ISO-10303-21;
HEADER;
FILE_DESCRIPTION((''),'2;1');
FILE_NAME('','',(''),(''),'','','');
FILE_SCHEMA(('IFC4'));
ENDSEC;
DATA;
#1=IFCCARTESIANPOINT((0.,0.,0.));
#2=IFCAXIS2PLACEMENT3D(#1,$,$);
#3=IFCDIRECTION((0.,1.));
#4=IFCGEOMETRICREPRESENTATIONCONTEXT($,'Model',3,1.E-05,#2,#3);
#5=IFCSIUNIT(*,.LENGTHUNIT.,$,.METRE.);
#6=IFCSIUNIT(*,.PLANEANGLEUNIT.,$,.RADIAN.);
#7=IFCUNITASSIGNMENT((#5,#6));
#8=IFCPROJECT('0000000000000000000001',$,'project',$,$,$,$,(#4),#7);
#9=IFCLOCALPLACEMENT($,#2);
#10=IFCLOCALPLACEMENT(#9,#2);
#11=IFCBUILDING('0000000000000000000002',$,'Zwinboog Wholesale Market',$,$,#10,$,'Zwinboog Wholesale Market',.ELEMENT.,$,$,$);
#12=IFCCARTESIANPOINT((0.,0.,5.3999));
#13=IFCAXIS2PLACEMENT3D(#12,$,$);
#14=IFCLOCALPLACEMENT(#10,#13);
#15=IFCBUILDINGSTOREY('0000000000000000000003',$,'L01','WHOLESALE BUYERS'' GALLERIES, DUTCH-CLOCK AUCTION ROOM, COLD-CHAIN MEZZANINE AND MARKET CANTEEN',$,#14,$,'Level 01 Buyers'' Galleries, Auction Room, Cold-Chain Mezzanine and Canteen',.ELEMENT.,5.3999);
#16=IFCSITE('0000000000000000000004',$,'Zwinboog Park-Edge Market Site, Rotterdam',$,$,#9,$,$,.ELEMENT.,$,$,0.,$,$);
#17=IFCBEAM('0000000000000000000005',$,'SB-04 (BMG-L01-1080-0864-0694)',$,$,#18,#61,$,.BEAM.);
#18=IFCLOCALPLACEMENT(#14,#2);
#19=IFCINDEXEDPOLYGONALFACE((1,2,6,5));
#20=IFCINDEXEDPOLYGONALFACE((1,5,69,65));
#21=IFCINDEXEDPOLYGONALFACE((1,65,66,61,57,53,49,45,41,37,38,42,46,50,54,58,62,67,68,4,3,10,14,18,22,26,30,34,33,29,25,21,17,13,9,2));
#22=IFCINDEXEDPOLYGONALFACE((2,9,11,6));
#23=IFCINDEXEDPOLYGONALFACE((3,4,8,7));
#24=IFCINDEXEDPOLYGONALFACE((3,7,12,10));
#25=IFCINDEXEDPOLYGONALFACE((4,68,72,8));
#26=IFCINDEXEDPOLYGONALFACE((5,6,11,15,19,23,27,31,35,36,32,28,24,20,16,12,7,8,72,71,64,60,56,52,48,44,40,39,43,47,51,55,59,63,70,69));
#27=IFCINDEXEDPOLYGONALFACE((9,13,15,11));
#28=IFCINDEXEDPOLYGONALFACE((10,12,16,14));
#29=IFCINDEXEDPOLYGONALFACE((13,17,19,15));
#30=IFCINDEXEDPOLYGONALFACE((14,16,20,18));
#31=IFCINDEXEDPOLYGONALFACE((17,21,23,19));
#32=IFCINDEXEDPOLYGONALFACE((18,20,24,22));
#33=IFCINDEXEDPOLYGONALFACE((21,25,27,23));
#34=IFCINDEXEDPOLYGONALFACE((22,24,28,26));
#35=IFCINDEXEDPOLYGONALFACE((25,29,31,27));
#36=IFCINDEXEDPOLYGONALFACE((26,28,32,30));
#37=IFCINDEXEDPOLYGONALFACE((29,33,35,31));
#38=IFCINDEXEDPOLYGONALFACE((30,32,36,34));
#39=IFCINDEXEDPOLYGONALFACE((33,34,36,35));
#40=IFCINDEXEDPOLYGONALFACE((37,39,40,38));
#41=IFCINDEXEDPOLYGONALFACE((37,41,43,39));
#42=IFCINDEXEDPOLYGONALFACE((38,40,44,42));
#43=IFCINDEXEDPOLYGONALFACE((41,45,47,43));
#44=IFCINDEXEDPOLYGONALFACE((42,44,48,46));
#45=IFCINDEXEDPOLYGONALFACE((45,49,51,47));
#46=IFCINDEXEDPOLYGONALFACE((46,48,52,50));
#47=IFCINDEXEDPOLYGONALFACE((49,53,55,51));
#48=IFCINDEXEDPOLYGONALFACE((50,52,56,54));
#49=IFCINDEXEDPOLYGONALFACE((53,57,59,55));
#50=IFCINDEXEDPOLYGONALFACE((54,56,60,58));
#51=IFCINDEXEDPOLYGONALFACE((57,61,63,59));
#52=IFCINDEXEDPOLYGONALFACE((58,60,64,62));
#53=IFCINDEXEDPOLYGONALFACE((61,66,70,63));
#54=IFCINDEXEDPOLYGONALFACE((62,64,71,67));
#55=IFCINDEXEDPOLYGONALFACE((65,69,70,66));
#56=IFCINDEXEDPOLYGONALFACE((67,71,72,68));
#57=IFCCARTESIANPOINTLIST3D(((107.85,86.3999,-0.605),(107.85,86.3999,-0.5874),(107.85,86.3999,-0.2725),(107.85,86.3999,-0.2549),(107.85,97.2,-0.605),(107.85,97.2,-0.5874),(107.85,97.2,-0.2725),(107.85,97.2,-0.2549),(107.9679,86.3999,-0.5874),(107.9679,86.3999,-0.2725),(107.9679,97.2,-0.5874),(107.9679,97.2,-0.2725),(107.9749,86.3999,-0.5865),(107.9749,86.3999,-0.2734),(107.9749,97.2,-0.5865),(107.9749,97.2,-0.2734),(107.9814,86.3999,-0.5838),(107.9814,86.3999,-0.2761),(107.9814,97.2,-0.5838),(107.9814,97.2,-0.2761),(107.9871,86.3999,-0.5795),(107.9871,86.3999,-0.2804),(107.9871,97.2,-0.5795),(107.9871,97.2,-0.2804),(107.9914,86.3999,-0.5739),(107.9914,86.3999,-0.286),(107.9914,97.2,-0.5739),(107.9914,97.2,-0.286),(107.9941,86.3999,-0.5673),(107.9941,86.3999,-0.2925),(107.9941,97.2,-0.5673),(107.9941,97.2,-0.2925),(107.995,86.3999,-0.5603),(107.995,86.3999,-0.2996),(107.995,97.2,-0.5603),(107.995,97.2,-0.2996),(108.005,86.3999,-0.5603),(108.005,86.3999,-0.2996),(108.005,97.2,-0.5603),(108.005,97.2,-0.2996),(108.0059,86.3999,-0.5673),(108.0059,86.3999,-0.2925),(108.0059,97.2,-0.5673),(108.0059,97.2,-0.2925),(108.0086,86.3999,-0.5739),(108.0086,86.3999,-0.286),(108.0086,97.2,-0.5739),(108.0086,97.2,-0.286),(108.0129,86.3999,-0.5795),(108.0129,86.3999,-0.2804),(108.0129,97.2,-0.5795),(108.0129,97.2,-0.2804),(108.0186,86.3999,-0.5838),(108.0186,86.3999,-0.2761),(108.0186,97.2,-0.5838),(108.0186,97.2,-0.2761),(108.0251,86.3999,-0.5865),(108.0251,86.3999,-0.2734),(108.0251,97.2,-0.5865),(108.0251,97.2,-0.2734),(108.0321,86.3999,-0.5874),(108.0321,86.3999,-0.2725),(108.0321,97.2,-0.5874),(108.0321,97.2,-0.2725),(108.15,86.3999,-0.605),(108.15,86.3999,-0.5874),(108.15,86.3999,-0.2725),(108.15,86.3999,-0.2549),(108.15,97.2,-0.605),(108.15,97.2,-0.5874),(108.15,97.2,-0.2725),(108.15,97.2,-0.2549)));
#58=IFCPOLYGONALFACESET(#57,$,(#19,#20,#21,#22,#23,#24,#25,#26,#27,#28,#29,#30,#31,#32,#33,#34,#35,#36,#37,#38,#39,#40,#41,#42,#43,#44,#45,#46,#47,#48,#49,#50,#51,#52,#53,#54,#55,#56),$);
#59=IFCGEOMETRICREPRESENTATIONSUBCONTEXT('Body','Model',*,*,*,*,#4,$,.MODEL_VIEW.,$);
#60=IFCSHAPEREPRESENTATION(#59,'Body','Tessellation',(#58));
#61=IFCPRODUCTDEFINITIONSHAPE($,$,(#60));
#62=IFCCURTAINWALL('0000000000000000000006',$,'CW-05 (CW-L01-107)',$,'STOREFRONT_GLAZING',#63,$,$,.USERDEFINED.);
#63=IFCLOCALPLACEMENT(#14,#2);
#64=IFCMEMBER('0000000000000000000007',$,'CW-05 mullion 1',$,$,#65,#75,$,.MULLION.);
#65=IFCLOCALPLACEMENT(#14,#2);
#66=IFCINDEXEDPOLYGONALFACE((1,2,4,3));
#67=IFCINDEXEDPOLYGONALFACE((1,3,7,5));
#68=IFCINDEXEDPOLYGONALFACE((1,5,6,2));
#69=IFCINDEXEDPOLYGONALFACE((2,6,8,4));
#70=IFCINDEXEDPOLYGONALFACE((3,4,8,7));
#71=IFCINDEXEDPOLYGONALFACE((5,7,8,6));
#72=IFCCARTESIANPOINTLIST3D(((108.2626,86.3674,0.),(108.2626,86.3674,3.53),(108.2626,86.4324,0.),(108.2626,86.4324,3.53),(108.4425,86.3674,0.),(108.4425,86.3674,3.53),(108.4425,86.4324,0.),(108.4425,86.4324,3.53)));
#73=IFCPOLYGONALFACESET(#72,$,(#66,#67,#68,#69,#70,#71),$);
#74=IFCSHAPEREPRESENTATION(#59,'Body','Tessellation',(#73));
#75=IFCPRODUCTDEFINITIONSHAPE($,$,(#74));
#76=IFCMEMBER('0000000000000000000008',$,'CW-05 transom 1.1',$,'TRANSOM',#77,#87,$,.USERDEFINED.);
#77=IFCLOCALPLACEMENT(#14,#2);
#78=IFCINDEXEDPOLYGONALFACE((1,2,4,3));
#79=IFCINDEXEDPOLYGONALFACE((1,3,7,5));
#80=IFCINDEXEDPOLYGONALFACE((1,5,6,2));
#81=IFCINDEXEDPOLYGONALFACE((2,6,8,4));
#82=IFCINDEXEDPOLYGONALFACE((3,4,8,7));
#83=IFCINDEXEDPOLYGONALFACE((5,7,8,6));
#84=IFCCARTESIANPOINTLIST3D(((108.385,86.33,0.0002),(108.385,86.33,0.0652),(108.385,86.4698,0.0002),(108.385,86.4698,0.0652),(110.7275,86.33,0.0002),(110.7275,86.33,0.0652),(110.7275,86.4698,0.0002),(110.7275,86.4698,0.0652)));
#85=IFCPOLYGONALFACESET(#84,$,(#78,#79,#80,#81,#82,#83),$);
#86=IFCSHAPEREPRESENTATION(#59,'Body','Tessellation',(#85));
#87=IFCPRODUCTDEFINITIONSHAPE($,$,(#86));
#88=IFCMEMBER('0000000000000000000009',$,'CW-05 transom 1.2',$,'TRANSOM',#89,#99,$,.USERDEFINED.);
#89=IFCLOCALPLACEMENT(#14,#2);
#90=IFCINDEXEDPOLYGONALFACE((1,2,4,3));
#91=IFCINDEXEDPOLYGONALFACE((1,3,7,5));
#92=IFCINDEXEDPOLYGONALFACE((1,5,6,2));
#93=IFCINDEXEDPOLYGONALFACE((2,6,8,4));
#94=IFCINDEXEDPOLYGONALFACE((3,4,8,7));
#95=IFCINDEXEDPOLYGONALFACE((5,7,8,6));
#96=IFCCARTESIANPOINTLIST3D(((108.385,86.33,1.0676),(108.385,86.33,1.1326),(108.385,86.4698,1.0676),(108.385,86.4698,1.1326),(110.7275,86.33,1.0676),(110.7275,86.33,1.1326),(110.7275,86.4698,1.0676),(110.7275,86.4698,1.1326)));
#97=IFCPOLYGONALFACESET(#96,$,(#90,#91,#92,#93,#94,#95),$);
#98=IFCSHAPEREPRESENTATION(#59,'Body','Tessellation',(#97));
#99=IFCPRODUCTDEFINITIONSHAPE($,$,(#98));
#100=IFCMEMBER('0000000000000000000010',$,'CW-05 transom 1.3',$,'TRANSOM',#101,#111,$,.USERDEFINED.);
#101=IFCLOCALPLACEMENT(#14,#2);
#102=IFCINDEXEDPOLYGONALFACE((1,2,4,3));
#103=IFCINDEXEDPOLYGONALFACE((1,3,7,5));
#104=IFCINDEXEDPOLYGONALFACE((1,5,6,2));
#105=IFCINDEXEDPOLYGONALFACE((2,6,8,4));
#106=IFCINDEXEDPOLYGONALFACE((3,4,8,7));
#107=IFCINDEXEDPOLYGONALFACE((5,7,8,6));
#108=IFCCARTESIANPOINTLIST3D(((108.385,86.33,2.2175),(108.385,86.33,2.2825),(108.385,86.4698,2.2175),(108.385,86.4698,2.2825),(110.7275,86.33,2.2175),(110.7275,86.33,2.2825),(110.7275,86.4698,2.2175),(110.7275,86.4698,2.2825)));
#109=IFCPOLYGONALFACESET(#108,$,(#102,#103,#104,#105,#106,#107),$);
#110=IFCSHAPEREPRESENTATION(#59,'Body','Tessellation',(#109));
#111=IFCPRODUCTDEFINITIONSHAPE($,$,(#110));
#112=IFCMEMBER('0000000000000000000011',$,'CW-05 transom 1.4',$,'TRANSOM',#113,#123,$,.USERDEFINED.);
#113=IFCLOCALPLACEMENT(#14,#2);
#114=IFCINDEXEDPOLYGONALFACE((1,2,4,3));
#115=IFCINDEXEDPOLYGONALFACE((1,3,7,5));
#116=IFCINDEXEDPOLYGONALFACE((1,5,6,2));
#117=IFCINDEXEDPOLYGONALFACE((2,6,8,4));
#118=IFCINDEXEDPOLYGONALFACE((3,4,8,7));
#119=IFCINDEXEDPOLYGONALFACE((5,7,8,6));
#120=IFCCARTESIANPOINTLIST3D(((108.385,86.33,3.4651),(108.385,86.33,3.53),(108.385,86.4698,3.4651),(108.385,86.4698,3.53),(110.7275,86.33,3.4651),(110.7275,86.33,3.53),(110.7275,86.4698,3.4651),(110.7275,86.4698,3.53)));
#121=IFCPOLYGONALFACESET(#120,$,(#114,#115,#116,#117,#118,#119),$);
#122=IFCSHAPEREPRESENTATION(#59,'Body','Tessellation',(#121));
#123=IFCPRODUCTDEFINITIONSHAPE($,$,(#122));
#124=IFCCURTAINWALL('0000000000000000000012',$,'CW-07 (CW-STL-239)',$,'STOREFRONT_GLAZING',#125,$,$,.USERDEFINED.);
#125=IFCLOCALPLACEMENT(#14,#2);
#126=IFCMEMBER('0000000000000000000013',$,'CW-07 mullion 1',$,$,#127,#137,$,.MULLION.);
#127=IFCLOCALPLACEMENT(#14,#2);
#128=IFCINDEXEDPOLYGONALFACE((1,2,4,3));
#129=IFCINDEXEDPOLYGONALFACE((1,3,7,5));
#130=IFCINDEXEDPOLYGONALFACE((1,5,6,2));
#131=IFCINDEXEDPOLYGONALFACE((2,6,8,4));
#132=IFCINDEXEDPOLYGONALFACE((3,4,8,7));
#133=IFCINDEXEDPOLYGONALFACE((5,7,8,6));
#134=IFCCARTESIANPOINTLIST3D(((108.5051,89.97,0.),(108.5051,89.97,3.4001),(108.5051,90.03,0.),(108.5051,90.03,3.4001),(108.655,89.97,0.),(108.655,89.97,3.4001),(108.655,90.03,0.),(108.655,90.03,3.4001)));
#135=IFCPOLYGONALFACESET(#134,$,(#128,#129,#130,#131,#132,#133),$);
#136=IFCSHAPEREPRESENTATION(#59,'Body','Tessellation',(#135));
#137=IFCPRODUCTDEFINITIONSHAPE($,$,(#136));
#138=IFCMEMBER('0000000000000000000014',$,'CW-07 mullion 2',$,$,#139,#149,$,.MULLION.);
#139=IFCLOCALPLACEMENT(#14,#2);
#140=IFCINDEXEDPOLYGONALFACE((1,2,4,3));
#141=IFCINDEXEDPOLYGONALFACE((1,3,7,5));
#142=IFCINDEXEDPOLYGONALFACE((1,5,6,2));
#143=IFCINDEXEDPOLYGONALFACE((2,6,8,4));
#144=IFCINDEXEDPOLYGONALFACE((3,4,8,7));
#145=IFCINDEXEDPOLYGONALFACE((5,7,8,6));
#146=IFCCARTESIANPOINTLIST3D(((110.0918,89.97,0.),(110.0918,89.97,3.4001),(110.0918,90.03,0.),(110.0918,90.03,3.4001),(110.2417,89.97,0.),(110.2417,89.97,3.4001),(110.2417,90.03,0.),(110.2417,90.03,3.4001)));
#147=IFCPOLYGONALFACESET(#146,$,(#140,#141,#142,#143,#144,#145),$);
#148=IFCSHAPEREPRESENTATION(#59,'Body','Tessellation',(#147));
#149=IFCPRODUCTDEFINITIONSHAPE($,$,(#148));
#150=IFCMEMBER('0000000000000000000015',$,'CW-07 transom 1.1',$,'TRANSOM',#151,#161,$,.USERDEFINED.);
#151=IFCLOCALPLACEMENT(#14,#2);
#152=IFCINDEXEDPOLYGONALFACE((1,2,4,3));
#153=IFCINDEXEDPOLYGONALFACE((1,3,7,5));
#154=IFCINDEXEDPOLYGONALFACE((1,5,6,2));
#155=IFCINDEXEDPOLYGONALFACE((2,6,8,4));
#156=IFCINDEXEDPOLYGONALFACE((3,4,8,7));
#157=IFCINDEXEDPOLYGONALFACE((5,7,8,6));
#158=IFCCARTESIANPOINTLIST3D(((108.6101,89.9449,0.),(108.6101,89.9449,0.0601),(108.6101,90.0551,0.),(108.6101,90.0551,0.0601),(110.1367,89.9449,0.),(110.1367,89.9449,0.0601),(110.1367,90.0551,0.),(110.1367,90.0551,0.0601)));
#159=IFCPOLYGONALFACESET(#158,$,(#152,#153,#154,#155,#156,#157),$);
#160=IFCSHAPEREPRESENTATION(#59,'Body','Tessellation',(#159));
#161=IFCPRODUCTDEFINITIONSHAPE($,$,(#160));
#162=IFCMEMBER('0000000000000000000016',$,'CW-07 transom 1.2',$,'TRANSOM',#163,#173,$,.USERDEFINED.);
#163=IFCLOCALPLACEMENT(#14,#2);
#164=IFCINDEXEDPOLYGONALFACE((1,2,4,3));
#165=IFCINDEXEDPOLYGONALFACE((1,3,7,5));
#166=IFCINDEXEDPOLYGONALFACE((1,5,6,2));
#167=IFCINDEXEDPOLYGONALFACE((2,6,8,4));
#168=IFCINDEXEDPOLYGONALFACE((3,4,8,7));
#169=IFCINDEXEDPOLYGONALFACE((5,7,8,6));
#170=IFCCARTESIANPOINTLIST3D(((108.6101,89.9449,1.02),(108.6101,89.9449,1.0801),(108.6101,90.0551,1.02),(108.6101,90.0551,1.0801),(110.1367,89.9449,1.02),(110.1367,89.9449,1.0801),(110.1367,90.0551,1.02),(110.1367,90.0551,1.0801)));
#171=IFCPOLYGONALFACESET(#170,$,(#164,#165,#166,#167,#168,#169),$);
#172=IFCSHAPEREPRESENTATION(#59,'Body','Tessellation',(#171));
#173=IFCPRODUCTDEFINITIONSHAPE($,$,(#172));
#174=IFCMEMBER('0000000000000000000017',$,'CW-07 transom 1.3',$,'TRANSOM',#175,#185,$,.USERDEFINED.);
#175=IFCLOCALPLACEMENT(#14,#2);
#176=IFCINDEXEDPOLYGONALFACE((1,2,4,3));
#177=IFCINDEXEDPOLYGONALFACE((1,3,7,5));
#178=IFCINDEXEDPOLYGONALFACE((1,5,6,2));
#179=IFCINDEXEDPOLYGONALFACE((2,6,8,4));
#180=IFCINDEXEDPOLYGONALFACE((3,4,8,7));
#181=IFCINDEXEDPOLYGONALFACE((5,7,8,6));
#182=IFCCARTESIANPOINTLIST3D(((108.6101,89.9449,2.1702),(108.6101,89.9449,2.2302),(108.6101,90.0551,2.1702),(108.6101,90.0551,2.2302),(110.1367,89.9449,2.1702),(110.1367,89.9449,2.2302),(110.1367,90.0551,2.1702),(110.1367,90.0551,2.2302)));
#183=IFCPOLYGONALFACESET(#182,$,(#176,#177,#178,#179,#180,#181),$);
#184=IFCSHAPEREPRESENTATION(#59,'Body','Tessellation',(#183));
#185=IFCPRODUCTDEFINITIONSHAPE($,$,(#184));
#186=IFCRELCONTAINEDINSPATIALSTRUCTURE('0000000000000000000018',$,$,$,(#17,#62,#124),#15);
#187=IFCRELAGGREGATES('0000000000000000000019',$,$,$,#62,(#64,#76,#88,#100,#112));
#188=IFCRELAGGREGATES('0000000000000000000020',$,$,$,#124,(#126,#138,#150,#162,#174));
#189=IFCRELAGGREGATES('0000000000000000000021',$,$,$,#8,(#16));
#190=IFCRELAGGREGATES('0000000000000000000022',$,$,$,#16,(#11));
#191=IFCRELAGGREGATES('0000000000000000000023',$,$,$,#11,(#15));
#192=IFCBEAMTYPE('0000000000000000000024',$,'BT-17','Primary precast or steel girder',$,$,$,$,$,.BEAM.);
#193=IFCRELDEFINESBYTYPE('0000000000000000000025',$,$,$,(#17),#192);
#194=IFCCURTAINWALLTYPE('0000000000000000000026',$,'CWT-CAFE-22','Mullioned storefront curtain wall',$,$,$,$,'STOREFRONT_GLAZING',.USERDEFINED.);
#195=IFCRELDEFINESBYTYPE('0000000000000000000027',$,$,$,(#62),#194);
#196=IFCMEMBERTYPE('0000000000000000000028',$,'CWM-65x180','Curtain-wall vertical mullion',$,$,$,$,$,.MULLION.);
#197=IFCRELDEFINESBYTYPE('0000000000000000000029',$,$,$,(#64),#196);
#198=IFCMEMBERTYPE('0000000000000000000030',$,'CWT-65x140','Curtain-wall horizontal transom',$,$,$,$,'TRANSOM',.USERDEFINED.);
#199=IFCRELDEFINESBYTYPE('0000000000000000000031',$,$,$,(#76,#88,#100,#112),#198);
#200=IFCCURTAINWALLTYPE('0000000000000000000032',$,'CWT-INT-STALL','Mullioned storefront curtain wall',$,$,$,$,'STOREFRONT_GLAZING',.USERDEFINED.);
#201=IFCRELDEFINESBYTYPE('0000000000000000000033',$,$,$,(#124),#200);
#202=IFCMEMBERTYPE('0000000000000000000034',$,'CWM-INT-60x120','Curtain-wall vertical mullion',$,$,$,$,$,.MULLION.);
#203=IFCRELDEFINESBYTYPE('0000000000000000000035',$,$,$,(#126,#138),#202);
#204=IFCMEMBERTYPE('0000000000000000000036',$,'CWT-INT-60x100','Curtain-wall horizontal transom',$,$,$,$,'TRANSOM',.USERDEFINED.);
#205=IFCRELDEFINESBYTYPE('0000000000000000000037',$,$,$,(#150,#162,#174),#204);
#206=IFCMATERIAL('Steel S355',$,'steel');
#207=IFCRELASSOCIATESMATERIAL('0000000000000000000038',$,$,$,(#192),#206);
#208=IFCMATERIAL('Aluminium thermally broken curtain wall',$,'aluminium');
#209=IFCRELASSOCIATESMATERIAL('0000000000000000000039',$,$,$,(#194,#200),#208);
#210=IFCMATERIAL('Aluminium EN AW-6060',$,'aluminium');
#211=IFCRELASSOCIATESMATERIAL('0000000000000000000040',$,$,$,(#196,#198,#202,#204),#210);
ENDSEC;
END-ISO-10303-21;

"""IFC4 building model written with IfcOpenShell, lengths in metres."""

from ifc_helpers import new_model, si_unit, direction, frame, origin, origin_2d, place, context, subcontext, project, spatial, rectangle, i_section, extrude, material, material_profile, profile_set, type_object, element, aggregate, save


model = new_model("IFC4")

# Units and contexts
model_context = context("Model", 3, precision=1e-05, world=origin(), true_north=direction((0.0, 1.0)))
body_context = subcontext(model_context, "Body", "Model", "MODEL_VIEW")
ifc_project = project(units=[si_unit("LENGTHUNIT", "METRE"), si_unit("PLANEANGLEUNIT", "RADIAN")], contexts=[model_context])

# Site, building, storey
site_placement = place(None, origin())
site = spatial("IfcSite", under=ifc_project, at=site_placement, Name="Zwinboog Park-Edge Market Site, Rotterdam", CompositionType="ELEMENT", RefElevation=0.0)
building_placement = place(site_placement, origin())
building = spatial("IfcBuilding", under=site, at=building_placement, Name="Zwinboog Wholesale Market", LongName="Zwinboog Wholesale Market", CompositionType="ELEMENT")
storey_placement = place(building_placement, frame((0.0, 0.0, 5.3999)))
storey = spatial("IfcBuildingStorey", under=building, at=storey_placement, Name="L01", Description="WHOLESALE BUYERS' GALLERIES, DUTCH-CLOCK AUCTION ROOM, COLD-CHAIN MEZZANINE AND MARKET CANTEEN", LongName="Level 01 Buyers' Galleries, Auction Room, Cold-Chain Mezzanine and Canteen", CompositionType="ELEMENT", Elevation=5.3999)

# Beam
ifc_material_1 = material(Name="Steel S355", Category="steel")
ifc_material_profile_1 = material_profile(ifc_material_1, i_section(OverallWidth=0.3, OverallDepth=0.3501, WebThickness=0.01, FlangeThickness=0.0176, FilletRadius=0.0271, at=origin_2d()), Name="HEA 360")
ifc_profile_set_1 = profile_set([ifc_material_profile_1], Name="Steel S355")
beam_type = type_object("IfcBeamType", Name="BT-17", Description="Primary precast or steel girder", PredefinedType="BEAM", material=ifc_profile_set_1)
beam_placement = place(storey_placement, frame((108.0, 86.3999, -0.4299), z_axis=(0.0, 1.0, 0.0), x_axis=(-1.0, 0.0, 0.0)))
element("IfcBeam", 1, at=beam_placement, inside=storey, type_object=beam_type, Name="SB-04 (BMG-L01-1080-0864-0694)", PredefinedType="BEAM", context=body_context, shape_type="SweptSolid", body=[
    extrude(i_section(OverallWidth=0.3, OverallDepth=0.3501, WebThickness=0.01, FlangeThickness=0.0176, FilletRadius=0.0271, at=origin_2d()), origin(), (0.0, 0.0, 1.0), 10.8),
])

# Curtain walls, members
ifc_material_2 = material(Name="Aluminium thermally broken curtain wall", Category="aluminium")
curtain_wall_type_1 = type_object("IfcCurtainWallType", Name="CWT-CAFE-22", Description="Mullioned storefront curtain wall", ElementType="STOREFRONT_GLAZING", PredefinedType="USERDEFINED", material=ifc_material_2)
curtain_wall_1_placement = place(storey_placement, origin())
curtain_wall_1 = element("IfcCurtainWall", 2, at=curtain_wall_1_placement, inside=storey, type_object=curtain_wall_type_1, Name="CW-05 (CW-L01-107)", ObjectType="STOREFRONT_GLAZING", PredefinedType="USERDEFINED")
ifc_material_3 = material(Name="Aluminium EN AW-6060", Category="aluminium")
ifc_material_profile_2 = material_profile(ifc_material_3, rectangle(XDim=0.0649, YDim=0.1799, at=origin_2d()), Name="AL 65x180")
ifc_profile_set_2 = profile_set([ifc_material_profile_2], Name="Aluminium EN AW-6060")
member_type_1 = type_object("IfcMemberType", Name="CWM-65x180", Description="Curtain-wall vertical mullion", PredefinedType="MULLION", material=ifc_profile_set_2)
member_1_placement = place(storey_placement, frame((108.3525, 86.3999, 0.0), z_axis=(0.0, 0.0, 1.0), x_axis=(0.0, 1.0, 0.0)))
member_1 = element("IfcMember", 3, at=member_1_placement, type_object=member_type_1, Name="CW-05 mullion 1", PredefinedType="MULLION", context=body_context, shape_type="SweptSolid", body=[
    extrude(rectangle(XDim=0.0649, YDim=0.1799, at=origin_2d()), origin(), (0.0, 0.0, 1.0), 3.53),
])
ifc_material_profile_3 = material_profile(ifc_material_3, rectangle(XDim=0.1399, YDim=0.0649, at=origin_2d()), Name="AL 65x140")
ifc_profile_set_3 = profile_set([ifc_material_profile_3], Name="Aluminium EN AW-6060")
member_type_2 = type_object("IfcMemberType", Name="CWT-65x140", Description="Curtain-wall horizontal transom", ElementType="TRANSOM", PredefinedType="USERDEFINED", material=ifc_profile_set_3)
member_2_placement = place(storey_placement, frame((108.385, 86.3999, 0.0327), z_axis=(1.0, 0.0, 0.0), x_axis=(0.0, 1.0, 0.0)))
member_2 = element("IfcMember", 4, at=member_2_placement, type_object=member_type_2, Name="CW-05 transom 1.1", ObjectType="TRANSOM", PredefinedType="USERDEFINED", context=body_context, shape_type="SweptSolid", body=[
    extrude(rectangle(XDim=0.1399, YDim=0.0649, at=origin_2d()), origin(), (0.0, 0.0, 1.0), 2.3425),
])
member_3_placement = place(storey_placement, frame((108.385, 86.3999, 1.1001), z_axis=(1.0, 0.0, 0.0), x_axis=(0.0, 1.0, 0.0)))
member_3 = element("IfcMember", 5, at=member_3_placement, type_object=member_type_2, Name="CW-05 transom 1.2", ObjectType="TRANSOM", PredefinedType="USERDEFINED", context=body_context, shape_type="SweptSolid", body=[
    extrude(rectangle(XDim=0.1399, YDim=0.0649, at=origin_2d()), origin(), (0.0, 0.0, 1.0), 2.3425),
])
member_4_placement = place(storey_placement, frame((108.385, 86.3999, 2.25), z_axis=(1.0, 0.0, 0.0), x_axis=(0.0, 1.0, 0.0)))
member_4 = element("IfcMember", 6, at=member_4_placement, type_object=member_type_2, Name="CW-05 transom 1.3", ObjectType="TRANSOM", PredefinedType="USERDEFINED", context=body_context, shape_type="SweptSolid", body=[
    extrude(rectangle(XDim=0.1399, YDim=0.0649, at=origin_2d()), origin(), (0.0, 0.0, 1.0), 2.3425),
])
member_5_placement = place(storey_placement, frame((108.385, 86.3999, 3.4976), z_axis=(1.0, 0.0, 0.0), x_axis=(0.0, 1.0, 0.0)))
member_5 = element("IfcMember", 7, at=member_5_placement, type_object=member_type_2, Name="CW-05 transom 1.4", ObjectType="TRANSOM", PredefinedType="USERDEFINED", context=body_context, shape_type="SweptSolid", body=[
    extrude(rectangle(XDim=0.1399, YDim=0.0649, at=origin_2d()), origin(), (0.0, 0.0, 1.0), 2.3425),
])
curtain_wall_type_2 = type_object("IfcCurtainWallType", Name="CWT-INT-STALL", Description="Mullioned storefront curtain wall", ElementType="STOREFRONT_GLAZING", PredefinedType="USERDEFINED", material=ifc_material_2)
curtain_wall_2_placement = place(storey_placement, origin())
curtain_wall_2 = element("IfcCurtainWall", 8, at=curtain_wall_2_placement, inside=storey, type_object=curtain_wall_type_2, Name="CW-07 (CW-STL-239)", ObjectType="STOREFRONT_GLAZING", PredefinedType="USERDEFINED")
ifc_material_profile_4 = material_profile(ifc_material_3, rectangle(XDim=0.0601, YDim=0.1499, at=origin_2d()), Name="AL 60x150")
ifc_profile_set_4 = profile_set([ifc_material_profile_4], Name="Aluminium EN AW-6060")
member_type_3 = type_object("IfcMemberType", Name="CWM-INT-60x120", Description="Curtain-wall vertical mullion", PredefinedType="MULLION", material=ifc_profile_set_4)
member_6_placement = place(storey_placement, frame((108.5801, 90.0, 0.0), z_axis=(0.0, 0.0, 1.0), x_axis=(0.0, 1.0, 0.0)))
member_6 = element("IfcMember", 9, at=member_6_placement, type_object=member_type_3, Name="CW-07 mullion 1", PredefinedType="MULLION", context=body_context, shape_type="SweptSolid", body=[
    extrude(rectangle(XDim=0.0601, YDim=0.1499, at=origin_2d()), origin(), (0.0, 0.0, 1.0), 3.4001),
])
member_7_placement = place(storey_placement, frame((110.1667, 90.0, 0.0), z_axis=(0.0, 0.0, 1.0), x_axis=(0.0, 1.0, 0.0)))
member_7 = element("IfcMember", 10, at=member_7_placement, type_object=member_type_3, Name="CW-07 mullion 2", PredefinedType="MULLION", context=body_context, shape_type="SweptSolid", body=[
    extrude(rectangle(XDim=0.0601, YDim=0.1499, at=origin_2d()), origin(), (0.0, 0.0, 1.0), 3.4001),
])
ifc_material_profile_5 = material_profile(ifc_material_3, rectangle(XDim=0.1101, YDim=0.0601, at=origin_2d()), Name="AL 60x110")
ifc_profile_set_5 = profile_set([ifc_material_profile_5], Name="Aluminium EN AW-6060")
member_type_4 = type_object("IfcMemberType", Name="CWT-INT-60x100", Description="Curtain-wall horizontal transom", ElementType="TRANSOM", PredefinedType="USERDEFINED", material=ifc_profile_set_5)
member_8_placement = place(storey_placement, frame((108.6101, 90.0, 0.03), z_axis=(1.0, 0.0, 0.0), x_axis=(0.0, 1.0, 0.0)))
member_8 = element("IfcMember", 11, at=member_8_placement, type_object=member_type_4, Name="CW-07 transom 1.1", ObjectType="TRANSOM", PredefinedType="USERDEFINED", context=body_context, shape_type="SweptSolid", body=[
    extrude(rectangle(XDim=0.1101, YDim=0.0601, at=origin_2d()), origin(), (0.0, 0.0, 1.0), 1.5266),
])
member_9_placement = place(storey_placement, frame((108.6101, 90.0, 1.05), z_axis=(1.0, 0.0, 0.0), x_axis=(0.0, 1.0, 0.0)))
member_9 = element("IfcMember", 12, at=member_9_placement, type_object=member_type_4, Name="CW-07 transom 1.2", ObjectType="TRANSOM", PredefinedType="USERDEFINED", context=body_context, shape_type="SweptSolid", body=[
    extrude(rectangle(XDim=0.1101, YDim=0.0601, at=origin_2d()), origin(), (0.0, 0.0, 1.0), 1.5266),
])
member_10_placement = place(storey_placement, frame((108.6101, 90.0, 2.2002), z_axis=(1.0, 0.0, 0.0), x_axis=(0.0, 1.0, 0.0)))
member_10 = element("IfcMember", 13, at=member_10_placement, type_object=member_type_4, Name="CW-07 transom 1.3", ObjectType="TRANSOM", PredefinedType="USERDEFINED", context=body_context, shape_type="SweptSolid", body=[
    extrude(rectangle(XDim=0.1101, YDim=0.0601, at=origin_2d()), origin(), (0.0, 0.0, 1.0), 1.5266),
])

aggregate(curtain_wall_1, [member_1, member_2, member_3, member_4, member_5])
aggregate(curtain_wall_2, [member_6, member_7, member_8, member_9, member_10])

save(model, "model.ifc")
